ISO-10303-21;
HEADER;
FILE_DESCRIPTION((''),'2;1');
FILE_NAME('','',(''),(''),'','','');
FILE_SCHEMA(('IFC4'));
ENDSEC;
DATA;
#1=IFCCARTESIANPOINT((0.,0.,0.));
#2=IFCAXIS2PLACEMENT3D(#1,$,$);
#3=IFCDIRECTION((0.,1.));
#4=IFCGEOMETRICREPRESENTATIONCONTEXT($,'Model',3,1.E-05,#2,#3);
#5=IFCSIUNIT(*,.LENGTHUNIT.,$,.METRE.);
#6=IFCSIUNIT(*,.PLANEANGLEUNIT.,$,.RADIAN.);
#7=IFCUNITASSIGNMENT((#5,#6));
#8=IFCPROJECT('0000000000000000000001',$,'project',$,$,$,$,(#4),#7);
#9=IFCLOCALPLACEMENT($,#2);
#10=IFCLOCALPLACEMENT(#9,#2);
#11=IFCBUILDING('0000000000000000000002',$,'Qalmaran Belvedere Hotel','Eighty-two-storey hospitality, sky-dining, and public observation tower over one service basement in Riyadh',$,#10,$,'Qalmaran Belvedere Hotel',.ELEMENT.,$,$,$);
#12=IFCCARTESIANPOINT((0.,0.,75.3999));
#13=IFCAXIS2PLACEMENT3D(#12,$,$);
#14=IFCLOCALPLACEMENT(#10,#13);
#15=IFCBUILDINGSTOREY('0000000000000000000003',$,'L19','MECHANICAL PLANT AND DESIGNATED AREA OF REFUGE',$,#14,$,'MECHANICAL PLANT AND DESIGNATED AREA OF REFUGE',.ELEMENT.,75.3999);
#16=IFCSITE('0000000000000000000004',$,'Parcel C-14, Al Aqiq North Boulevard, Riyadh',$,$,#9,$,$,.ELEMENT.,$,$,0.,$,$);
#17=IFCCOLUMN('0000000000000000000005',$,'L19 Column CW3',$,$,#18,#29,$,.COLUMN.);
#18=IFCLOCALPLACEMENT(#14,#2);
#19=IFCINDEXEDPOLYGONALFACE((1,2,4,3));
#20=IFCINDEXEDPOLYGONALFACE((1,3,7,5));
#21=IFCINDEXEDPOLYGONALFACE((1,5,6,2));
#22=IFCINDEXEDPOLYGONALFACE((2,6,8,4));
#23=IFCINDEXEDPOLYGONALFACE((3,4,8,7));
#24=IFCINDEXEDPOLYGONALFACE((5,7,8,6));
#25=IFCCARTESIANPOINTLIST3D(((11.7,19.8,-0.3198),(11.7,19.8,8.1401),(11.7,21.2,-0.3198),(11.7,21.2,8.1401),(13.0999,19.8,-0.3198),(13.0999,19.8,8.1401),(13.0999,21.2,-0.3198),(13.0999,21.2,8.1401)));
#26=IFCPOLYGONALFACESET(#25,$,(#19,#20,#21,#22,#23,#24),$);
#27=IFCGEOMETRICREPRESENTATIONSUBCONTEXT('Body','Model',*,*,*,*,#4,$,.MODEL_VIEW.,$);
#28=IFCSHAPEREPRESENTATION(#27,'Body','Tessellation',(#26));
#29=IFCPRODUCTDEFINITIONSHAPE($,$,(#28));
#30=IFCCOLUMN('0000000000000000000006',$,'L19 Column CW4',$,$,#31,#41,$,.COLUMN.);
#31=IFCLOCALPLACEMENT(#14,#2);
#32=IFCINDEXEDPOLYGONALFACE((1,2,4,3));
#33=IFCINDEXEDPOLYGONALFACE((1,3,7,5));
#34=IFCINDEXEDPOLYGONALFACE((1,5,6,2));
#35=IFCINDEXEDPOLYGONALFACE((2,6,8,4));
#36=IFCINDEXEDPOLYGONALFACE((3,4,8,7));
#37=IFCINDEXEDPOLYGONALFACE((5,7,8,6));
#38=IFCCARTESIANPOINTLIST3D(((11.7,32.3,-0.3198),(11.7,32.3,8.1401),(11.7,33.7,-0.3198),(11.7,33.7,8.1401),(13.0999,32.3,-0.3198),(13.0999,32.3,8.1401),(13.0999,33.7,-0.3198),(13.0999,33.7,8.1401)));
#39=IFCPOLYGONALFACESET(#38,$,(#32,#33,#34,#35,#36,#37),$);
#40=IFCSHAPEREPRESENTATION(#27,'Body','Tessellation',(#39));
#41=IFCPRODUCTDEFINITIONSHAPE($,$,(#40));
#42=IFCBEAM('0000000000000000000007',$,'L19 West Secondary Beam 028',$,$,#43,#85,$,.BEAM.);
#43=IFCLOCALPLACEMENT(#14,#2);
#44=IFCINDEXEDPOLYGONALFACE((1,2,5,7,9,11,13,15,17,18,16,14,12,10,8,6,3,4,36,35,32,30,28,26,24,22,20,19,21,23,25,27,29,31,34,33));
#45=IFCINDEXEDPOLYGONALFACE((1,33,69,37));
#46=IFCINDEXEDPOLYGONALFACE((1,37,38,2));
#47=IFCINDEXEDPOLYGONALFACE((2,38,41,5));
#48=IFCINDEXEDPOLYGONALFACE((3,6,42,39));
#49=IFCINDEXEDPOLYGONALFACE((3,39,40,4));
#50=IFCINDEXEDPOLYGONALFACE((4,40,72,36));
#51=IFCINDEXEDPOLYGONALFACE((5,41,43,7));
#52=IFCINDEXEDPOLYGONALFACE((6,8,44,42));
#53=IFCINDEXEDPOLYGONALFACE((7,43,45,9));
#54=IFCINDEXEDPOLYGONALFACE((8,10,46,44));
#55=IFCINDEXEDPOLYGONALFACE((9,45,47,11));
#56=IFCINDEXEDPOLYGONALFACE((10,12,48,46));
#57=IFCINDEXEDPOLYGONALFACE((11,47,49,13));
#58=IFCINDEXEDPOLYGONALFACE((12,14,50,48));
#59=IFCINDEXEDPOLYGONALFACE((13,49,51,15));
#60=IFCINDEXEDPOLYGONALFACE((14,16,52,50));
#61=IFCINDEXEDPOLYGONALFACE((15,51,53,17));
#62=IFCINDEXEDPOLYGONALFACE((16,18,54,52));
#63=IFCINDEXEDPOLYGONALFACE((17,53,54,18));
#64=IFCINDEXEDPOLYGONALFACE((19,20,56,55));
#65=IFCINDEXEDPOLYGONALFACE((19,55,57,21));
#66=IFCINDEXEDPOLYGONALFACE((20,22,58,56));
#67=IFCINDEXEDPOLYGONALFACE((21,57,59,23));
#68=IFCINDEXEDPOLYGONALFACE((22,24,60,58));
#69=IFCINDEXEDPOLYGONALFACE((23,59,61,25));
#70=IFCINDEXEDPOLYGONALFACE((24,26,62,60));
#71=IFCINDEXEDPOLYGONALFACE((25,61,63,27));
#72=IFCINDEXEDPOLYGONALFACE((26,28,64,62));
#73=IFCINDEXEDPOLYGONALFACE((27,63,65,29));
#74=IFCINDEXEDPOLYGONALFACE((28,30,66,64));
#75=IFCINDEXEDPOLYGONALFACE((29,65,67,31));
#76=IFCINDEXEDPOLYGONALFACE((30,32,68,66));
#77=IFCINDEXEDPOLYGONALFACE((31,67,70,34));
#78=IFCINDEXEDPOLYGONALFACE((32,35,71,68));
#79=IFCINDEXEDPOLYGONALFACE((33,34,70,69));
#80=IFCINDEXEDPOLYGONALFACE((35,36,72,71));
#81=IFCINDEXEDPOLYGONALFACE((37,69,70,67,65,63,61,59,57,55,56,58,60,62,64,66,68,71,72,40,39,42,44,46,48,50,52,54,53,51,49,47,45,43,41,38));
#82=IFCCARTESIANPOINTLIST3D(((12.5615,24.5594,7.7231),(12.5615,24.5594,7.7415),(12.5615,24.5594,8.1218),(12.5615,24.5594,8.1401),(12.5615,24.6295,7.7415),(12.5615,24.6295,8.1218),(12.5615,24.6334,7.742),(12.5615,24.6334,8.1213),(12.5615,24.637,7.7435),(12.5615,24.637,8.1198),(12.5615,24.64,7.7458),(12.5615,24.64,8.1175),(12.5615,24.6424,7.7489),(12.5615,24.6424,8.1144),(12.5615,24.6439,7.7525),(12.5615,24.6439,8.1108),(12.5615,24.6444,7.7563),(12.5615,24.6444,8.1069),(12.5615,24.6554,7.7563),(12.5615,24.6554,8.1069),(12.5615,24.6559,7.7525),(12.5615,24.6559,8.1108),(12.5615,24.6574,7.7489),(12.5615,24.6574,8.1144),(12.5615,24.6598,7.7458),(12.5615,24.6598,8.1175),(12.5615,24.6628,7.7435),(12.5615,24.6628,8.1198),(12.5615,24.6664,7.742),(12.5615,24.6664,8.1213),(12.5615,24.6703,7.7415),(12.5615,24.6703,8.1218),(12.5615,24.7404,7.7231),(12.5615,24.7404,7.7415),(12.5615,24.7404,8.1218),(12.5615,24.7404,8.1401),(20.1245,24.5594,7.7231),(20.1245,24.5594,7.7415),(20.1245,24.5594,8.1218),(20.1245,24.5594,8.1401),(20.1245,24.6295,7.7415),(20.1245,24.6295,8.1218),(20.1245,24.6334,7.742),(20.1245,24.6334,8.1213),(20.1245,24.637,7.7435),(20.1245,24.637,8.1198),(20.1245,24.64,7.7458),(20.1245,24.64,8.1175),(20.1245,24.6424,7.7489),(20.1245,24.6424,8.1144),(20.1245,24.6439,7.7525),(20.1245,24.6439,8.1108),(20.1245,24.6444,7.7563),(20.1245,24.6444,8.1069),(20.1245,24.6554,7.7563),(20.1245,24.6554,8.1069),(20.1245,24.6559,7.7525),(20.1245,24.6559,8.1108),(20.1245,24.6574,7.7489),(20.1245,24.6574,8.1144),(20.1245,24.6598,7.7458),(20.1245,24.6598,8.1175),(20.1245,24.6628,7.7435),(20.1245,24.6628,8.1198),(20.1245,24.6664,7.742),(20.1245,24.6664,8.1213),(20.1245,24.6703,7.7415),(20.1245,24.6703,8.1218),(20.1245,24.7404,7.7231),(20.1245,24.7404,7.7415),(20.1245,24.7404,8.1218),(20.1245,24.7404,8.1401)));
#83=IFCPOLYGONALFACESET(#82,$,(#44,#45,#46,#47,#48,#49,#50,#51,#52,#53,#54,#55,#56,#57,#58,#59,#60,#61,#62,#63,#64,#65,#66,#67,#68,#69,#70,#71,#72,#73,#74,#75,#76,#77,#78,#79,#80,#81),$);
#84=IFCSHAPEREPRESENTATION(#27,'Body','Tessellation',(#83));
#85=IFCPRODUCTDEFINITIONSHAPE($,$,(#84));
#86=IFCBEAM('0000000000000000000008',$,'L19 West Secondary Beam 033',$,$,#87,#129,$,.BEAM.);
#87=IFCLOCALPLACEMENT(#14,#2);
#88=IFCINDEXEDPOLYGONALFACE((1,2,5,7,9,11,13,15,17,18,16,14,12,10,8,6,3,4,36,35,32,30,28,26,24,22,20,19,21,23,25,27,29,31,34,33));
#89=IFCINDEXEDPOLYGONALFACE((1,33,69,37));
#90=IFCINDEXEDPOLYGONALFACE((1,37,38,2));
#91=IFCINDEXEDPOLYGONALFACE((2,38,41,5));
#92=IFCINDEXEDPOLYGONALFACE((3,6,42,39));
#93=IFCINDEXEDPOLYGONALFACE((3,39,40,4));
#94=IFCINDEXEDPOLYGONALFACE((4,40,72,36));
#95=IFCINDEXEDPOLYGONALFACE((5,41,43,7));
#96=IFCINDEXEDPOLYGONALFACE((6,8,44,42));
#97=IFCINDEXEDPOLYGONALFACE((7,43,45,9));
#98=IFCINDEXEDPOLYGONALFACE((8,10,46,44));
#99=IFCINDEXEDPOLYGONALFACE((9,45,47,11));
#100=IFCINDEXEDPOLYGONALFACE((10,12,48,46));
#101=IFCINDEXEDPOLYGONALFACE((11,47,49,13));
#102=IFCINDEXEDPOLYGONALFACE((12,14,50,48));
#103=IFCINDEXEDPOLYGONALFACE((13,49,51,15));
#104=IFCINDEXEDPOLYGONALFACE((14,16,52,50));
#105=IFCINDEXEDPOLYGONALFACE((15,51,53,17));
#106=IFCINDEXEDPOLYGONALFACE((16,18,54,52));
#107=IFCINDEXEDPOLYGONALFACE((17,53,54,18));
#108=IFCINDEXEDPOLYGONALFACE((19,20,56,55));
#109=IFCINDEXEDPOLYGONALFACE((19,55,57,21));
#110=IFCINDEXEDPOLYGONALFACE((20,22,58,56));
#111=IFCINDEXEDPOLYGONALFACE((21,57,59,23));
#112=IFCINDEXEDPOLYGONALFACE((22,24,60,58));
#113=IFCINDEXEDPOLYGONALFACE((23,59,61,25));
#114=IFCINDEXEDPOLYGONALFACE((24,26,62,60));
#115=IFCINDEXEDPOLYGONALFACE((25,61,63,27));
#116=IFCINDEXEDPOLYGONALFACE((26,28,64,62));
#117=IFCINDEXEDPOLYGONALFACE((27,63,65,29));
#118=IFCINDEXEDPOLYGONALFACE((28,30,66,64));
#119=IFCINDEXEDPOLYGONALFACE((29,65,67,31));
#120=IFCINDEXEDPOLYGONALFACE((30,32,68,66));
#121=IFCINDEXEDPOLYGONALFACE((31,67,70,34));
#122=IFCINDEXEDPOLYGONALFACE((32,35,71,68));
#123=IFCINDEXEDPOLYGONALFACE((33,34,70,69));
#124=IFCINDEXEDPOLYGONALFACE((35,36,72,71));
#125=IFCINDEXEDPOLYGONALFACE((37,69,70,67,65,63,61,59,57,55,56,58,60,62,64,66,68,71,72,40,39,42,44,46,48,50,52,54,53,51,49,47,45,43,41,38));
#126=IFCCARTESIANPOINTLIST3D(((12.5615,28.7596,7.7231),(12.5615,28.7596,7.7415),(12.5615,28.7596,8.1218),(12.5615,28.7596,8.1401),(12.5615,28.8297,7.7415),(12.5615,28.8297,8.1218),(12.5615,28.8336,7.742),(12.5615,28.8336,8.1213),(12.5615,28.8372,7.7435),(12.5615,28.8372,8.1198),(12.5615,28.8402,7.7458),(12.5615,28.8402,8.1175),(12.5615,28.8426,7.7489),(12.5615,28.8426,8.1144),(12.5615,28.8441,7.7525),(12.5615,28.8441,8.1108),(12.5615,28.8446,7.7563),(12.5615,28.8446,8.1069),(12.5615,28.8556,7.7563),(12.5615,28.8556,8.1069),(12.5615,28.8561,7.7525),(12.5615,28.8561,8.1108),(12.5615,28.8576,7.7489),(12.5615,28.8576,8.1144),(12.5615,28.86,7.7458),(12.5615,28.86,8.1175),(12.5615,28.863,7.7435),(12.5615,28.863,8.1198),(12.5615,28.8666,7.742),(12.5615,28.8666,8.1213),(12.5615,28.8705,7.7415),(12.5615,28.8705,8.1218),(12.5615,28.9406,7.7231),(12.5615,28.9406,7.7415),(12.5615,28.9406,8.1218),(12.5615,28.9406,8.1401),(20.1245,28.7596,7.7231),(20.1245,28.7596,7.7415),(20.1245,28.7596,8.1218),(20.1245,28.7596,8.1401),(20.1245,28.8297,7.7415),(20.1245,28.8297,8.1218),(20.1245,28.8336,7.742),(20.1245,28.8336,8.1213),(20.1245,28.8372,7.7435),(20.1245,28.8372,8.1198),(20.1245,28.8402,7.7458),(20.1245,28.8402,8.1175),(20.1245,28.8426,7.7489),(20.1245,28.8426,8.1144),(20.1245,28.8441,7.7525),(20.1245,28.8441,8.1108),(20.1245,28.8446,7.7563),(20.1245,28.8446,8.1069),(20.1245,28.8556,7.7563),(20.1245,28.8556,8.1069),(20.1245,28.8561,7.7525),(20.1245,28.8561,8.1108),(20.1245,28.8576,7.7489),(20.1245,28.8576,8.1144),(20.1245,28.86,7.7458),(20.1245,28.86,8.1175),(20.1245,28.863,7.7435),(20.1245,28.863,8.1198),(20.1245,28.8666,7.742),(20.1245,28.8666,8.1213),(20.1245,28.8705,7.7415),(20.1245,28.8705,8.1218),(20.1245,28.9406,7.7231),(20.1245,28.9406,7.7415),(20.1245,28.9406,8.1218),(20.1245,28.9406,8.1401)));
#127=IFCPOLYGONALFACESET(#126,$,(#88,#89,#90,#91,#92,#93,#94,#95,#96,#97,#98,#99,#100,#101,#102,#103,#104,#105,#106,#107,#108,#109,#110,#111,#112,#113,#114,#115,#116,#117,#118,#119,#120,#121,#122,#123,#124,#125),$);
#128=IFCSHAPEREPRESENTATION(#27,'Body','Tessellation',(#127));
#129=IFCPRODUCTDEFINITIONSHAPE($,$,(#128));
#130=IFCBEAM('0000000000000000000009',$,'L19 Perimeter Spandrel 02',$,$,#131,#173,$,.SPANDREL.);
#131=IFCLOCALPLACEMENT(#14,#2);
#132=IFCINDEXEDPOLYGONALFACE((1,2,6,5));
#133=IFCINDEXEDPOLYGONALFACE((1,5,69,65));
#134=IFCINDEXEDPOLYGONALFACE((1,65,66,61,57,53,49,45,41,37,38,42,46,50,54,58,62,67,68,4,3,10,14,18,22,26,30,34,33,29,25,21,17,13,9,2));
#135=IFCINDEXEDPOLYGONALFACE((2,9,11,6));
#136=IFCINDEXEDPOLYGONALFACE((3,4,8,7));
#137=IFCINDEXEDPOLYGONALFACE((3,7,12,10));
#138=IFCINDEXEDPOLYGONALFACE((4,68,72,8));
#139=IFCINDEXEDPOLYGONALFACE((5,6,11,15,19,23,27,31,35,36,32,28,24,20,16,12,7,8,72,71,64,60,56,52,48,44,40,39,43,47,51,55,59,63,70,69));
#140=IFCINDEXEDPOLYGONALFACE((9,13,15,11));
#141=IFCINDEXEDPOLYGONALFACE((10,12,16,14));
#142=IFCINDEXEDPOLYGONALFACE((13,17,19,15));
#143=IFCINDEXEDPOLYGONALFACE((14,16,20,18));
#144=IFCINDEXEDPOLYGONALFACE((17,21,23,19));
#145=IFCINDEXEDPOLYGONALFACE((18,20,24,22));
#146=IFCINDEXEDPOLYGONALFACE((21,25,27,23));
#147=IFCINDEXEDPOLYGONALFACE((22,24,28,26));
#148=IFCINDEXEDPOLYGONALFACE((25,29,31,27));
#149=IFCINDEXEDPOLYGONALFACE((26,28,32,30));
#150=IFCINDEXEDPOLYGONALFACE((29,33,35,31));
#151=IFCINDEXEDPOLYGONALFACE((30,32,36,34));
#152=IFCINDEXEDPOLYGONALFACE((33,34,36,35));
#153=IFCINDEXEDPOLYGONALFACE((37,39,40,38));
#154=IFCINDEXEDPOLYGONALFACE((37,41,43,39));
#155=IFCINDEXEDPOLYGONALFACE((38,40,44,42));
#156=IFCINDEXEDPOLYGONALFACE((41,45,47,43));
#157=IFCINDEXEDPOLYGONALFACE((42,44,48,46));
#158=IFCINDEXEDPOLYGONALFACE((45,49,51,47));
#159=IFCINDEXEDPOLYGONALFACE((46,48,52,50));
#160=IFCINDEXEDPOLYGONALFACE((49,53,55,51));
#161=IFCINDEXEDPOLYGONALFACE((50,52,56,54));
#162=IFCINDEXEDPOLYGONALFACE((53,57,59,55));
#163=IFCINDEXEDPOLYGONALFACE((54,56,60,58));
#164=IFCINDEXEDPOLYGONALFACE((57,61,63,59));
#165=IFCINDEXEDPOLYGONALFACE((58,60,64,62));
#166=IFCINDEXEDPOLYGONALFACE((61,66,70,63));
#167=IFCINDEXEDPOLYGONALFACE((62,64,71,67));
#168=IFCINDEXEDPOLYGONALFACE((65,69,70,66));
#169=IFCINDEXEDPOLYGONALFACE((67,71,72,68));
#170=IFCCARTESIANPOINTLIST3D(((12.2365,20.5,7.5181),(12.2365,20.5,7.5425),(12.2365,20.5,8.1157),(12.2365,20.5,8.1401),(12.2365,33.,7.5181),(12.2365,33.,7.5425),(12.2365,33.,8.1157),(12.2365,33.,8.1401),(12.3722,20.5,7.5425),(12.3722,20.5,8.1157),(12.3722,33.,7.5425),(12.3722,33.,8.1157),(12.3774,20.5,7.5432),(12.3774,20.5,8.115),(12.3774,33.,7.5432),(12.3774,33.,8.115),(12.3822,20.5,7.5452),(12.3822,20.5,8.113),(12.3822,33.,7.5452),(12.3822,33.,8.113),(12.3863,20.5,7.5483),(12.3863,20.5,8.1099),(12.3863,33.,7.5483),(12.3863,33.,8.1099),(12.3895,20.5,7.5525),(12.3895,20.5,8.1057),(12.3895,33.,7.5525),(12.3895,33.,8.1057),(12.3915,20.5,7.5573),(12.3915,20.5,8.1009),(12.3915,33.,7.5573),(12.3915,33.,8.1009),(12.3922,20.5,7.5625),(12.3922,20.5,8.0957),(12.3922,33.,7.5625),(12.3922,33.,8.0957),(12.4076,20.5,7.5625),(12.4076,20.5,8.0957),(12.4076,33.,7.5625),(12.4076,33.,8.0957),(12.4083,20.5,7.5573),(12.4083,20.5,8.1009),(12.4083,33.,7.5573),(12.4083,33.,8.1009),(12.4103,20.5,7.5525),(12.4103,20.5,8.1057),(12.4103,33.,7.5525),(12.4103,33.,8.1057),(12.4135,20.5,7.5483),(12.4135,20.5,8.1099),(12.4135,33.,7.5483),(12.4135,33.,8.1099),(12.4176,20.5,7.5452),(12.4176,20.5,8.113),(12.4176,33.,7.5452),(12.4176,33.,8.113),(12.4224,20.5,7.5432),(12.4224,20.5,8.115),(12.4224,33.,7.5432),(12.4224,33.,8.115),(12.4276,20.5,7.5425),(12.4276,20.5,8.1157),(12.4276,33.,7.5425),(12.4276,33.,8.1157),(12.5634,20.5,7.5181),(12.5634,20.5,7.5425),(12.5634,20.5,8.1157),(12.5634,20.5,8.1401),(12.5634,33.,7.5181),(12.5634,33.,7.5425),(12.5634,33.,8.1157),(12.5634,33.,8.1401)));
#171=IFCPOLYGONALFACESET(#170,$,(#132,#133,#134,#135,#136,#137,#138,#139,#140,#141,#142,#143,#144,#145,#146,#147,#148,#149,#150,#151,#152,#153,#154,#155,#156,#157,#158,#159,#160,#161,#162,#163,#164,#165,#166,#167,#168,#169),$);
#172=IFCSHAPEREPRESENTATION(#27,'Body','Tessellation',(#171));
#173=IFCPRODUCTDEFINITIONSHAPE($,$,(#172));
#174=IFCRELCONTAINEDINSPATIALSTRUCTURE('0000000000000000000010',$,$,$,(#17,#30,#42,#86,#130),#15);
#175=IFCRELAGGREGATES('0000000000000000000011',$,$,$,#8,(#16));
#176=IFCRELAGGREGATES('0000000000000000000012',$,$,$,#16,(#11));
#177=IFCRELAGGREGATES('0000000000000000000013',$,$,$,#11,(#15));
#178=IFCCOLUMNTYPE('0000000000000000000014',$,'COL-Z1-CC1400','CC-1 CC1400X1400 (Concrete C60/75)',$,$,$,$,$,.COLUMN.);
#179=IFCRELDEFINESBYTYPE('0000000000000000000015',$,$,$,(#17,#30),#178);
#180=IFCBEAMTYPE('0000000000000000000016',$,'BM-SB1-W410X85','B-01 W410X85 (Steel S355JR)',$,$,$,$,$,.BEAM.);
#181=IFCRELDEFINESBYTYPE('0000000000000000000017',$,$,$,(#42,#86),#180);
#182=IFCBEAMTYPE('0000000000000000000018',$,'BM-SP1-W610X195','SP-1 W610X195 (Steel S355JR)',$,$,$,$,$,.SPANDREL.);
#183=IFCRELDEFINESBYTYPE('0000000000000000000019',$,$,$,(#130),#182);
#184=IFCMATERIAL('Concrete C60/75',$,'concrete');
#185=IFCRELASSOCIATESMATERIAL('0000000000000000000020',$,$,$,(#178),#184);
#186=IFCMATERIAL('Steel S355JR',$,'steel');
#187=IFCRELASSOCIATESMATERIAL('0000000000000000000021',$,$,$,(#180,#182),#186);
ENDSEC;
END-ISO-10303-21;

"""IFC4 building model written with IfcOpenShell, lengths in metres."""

from ifc_helpers import new_model, si_unit, direction, frame, origin, origin_2d, place, context, subcontext, project, spatial, rectangle, i_section, extrude, material, material_profile, profile_set, type_object, element, save


model = new_model("IFC4")

# Units and contexts
model_context = context("Model", 3, precision=1e-05, world=origin(), true_north=direction((0.0, 1.0)))
body_context = subcontext(model_context, "Body", "Model", "MODEL_VIEW")
ifc_project = project(units=[si_unit("LENGTHUNIT", "METRE"), si_unit("PLANEANGLEUNIT", "RADIAN")], contexts=[model_context])

# Site, building, storey
site_placement = place(None, origin())
site = spatial("IfcSite", under=ifc_project, at=site_placement, Name="Parcel C-14, Al Aqiq North Boulevard, Riyadh", CompositionType="ELEMENT", RefElevation=0.0)
building_placement = place(site_placement, origin())
building = spatial("IfcBuilding", under=site, at=building_placement, Name="Qalmaran Belvedere Hotel", Description="Eighty-two-storey hospitality, sky-dining, and public observation tower over one service basement in Riyadh", LongName="Qalmaran Belvedere Hotel", CompositionType="ELEMENT")
storey_placement = place(building_placement, frame((0.0, 0.0, 75.3999)))
storey = spatial("IfcBuildingStorey", under=building, at=storey_placement, Name="L19", Description="MECHANICAL PLANT AND DESIGNATED AREA OF REFUGE", LongName="MECHANICAL PLANT AND DESIGNATED AREA OF REFUGE", CompositionType="ELEMENT", Elevation=75.3999)

# Columns
ifc_material_1 = material(Name="Concrete C60/75", Category="concrete")
ifc_material_profile_1 = material_profile(ifc_material_1, rectangle(XDim=1.3999, YDim=1.3999, at=origin_2d()), Name="CC1400X1400")
ifc_profile_set_1 = profile_set([ifc_material_profile_1], Name="Concrete C60/75")
column_type = type_object("IfcColumnType", Name="COL-Z1-CC1400", Description="CC-1 CC1400X1400 (Concrete C60/75)", PredefinedType="COLUMN", material=ifc_profile_set_1)
for number, where, z_axis, x_axis, name in (
    (1, (12.3999, 20.5, -0.3198), (0.0, 0.0, 1.0), (1.0, 0.0, 0.0), "L19 Column CW3"),
    (2, (12.3999, 33.0, -0.3198), (0.0, 0.0, 1.0), (1.0, 0.0, 0.0), "L19 Column CW4"),
):
    element("IfcColumn", number, at=place(storey_placement, frame(where, z_axis=z_axis, x_axis=x_axis)), inside=storey, type_object=column_type, Name=name, PredefinedType="COLUMN", context=body_context, shape_type="SweptSolid", body=[
        extrude(rectangle(XDim=1.3999, YDim=1.3999, at=origin_2d()), origin(), (0.0, 0.0, 1.0), 8.46),
    ])

# Beams
ifc_material_2 = material(Name="Steel S355JR", Category="steel")
ifc_material_profile_2 = material_profile(ifc_material_2, i_section(OverallWidth=0.1809, OverallDepth=0.417, WebThickness=0.011, FlangeThickness=0.0183, FilletRadius=0.0149, at=origin_2d()), Name="W410X85")
ifc_profile_set_2 = profile_set([ifc_material_profile_2], Name="Steel S355JR")
beam_type_1 = type_object("IfcBeamType", Name="BM-SB1-W410X85", Description="B-01 W410X85 (Steel S355JR)", PredefinedType="BEAM", material=ifc_profile_set_2)
for number, where, z_axis, x_axis, name in (
    (3, (12.5615, 24.6499, 7.9316), (1.0, 0.0, 0.0), (0.0, 1.0, 0.0), "L19 West Secondary Beam 028"),
    (4, (12.5615, 28.8501, 7.9316), (1.0, 0.0, 0.0), (0.0, 1.0, 0.0), "L19 West Secondary Beam 033"),
):
    element("IfcBeam", number, at=place(storey_placement, frame(where, z_axis=z_axis, x_axis=x_axis)), inside=storey, type_object=beam_type_1, Name=name, PredefinedType="BEAM", context=body_context, shape_type="SweptSolid", body=[
        extrude(i_section(OverallWidth=0.1809, OverallDepth=0.417, WebThickness=0.011, FlangeThickness=0.0183, FilletRadius=0.0149, at=origin_2d()), origin(), (0.0, 0.0, 1.0), 7.563),
    ])
ifc_material_profile_3 = material_profile(ifc_material_2, i_section(OverallWidth=0.3269, OverallDepth=0.6221, WebThickness=0.0154, FlangeThickness=0.0244, FilletRadius=0.02, at=origin_2d()), Name="W610X195")
ifc_profile_set_3 = profile_set([ifc_material_profile_3], Name="Steel S355JR")
beam_type_2 = type_object("IfcBeamType", Name="BM-SP1-W610X195", Description="SP-1 W610X195 (Steel S355JR)", PredefinedType="SPANDREL", material=ifc_profile_set_3)
beam_placement = place(storey_placement, frame((12.3999, 20.5, 7.8291), z_axis=(0.0, 1.0, 0.0), x_axis=(-1.0, 0.0, 0.0)))
element("IfcBeam", 5, at=beam_placement, inside=storey, type_object=beam_type_2, Name="L19 Perimeter Spandrel 02", PredefinedType="SPANDREL", context=body_context, shape_type="SweptSolid", body=[
    extrude(i_section(OverallWidth=0.3269, OverallDepth=0.6221, WebThickness=0.0154, FlangeThickness=0.0244, FilletRadius=0.02, at=origin_2d()), origin(), (0.0, 0.0, 1.0), 12.5),
])

save(model, "model.ifc")
